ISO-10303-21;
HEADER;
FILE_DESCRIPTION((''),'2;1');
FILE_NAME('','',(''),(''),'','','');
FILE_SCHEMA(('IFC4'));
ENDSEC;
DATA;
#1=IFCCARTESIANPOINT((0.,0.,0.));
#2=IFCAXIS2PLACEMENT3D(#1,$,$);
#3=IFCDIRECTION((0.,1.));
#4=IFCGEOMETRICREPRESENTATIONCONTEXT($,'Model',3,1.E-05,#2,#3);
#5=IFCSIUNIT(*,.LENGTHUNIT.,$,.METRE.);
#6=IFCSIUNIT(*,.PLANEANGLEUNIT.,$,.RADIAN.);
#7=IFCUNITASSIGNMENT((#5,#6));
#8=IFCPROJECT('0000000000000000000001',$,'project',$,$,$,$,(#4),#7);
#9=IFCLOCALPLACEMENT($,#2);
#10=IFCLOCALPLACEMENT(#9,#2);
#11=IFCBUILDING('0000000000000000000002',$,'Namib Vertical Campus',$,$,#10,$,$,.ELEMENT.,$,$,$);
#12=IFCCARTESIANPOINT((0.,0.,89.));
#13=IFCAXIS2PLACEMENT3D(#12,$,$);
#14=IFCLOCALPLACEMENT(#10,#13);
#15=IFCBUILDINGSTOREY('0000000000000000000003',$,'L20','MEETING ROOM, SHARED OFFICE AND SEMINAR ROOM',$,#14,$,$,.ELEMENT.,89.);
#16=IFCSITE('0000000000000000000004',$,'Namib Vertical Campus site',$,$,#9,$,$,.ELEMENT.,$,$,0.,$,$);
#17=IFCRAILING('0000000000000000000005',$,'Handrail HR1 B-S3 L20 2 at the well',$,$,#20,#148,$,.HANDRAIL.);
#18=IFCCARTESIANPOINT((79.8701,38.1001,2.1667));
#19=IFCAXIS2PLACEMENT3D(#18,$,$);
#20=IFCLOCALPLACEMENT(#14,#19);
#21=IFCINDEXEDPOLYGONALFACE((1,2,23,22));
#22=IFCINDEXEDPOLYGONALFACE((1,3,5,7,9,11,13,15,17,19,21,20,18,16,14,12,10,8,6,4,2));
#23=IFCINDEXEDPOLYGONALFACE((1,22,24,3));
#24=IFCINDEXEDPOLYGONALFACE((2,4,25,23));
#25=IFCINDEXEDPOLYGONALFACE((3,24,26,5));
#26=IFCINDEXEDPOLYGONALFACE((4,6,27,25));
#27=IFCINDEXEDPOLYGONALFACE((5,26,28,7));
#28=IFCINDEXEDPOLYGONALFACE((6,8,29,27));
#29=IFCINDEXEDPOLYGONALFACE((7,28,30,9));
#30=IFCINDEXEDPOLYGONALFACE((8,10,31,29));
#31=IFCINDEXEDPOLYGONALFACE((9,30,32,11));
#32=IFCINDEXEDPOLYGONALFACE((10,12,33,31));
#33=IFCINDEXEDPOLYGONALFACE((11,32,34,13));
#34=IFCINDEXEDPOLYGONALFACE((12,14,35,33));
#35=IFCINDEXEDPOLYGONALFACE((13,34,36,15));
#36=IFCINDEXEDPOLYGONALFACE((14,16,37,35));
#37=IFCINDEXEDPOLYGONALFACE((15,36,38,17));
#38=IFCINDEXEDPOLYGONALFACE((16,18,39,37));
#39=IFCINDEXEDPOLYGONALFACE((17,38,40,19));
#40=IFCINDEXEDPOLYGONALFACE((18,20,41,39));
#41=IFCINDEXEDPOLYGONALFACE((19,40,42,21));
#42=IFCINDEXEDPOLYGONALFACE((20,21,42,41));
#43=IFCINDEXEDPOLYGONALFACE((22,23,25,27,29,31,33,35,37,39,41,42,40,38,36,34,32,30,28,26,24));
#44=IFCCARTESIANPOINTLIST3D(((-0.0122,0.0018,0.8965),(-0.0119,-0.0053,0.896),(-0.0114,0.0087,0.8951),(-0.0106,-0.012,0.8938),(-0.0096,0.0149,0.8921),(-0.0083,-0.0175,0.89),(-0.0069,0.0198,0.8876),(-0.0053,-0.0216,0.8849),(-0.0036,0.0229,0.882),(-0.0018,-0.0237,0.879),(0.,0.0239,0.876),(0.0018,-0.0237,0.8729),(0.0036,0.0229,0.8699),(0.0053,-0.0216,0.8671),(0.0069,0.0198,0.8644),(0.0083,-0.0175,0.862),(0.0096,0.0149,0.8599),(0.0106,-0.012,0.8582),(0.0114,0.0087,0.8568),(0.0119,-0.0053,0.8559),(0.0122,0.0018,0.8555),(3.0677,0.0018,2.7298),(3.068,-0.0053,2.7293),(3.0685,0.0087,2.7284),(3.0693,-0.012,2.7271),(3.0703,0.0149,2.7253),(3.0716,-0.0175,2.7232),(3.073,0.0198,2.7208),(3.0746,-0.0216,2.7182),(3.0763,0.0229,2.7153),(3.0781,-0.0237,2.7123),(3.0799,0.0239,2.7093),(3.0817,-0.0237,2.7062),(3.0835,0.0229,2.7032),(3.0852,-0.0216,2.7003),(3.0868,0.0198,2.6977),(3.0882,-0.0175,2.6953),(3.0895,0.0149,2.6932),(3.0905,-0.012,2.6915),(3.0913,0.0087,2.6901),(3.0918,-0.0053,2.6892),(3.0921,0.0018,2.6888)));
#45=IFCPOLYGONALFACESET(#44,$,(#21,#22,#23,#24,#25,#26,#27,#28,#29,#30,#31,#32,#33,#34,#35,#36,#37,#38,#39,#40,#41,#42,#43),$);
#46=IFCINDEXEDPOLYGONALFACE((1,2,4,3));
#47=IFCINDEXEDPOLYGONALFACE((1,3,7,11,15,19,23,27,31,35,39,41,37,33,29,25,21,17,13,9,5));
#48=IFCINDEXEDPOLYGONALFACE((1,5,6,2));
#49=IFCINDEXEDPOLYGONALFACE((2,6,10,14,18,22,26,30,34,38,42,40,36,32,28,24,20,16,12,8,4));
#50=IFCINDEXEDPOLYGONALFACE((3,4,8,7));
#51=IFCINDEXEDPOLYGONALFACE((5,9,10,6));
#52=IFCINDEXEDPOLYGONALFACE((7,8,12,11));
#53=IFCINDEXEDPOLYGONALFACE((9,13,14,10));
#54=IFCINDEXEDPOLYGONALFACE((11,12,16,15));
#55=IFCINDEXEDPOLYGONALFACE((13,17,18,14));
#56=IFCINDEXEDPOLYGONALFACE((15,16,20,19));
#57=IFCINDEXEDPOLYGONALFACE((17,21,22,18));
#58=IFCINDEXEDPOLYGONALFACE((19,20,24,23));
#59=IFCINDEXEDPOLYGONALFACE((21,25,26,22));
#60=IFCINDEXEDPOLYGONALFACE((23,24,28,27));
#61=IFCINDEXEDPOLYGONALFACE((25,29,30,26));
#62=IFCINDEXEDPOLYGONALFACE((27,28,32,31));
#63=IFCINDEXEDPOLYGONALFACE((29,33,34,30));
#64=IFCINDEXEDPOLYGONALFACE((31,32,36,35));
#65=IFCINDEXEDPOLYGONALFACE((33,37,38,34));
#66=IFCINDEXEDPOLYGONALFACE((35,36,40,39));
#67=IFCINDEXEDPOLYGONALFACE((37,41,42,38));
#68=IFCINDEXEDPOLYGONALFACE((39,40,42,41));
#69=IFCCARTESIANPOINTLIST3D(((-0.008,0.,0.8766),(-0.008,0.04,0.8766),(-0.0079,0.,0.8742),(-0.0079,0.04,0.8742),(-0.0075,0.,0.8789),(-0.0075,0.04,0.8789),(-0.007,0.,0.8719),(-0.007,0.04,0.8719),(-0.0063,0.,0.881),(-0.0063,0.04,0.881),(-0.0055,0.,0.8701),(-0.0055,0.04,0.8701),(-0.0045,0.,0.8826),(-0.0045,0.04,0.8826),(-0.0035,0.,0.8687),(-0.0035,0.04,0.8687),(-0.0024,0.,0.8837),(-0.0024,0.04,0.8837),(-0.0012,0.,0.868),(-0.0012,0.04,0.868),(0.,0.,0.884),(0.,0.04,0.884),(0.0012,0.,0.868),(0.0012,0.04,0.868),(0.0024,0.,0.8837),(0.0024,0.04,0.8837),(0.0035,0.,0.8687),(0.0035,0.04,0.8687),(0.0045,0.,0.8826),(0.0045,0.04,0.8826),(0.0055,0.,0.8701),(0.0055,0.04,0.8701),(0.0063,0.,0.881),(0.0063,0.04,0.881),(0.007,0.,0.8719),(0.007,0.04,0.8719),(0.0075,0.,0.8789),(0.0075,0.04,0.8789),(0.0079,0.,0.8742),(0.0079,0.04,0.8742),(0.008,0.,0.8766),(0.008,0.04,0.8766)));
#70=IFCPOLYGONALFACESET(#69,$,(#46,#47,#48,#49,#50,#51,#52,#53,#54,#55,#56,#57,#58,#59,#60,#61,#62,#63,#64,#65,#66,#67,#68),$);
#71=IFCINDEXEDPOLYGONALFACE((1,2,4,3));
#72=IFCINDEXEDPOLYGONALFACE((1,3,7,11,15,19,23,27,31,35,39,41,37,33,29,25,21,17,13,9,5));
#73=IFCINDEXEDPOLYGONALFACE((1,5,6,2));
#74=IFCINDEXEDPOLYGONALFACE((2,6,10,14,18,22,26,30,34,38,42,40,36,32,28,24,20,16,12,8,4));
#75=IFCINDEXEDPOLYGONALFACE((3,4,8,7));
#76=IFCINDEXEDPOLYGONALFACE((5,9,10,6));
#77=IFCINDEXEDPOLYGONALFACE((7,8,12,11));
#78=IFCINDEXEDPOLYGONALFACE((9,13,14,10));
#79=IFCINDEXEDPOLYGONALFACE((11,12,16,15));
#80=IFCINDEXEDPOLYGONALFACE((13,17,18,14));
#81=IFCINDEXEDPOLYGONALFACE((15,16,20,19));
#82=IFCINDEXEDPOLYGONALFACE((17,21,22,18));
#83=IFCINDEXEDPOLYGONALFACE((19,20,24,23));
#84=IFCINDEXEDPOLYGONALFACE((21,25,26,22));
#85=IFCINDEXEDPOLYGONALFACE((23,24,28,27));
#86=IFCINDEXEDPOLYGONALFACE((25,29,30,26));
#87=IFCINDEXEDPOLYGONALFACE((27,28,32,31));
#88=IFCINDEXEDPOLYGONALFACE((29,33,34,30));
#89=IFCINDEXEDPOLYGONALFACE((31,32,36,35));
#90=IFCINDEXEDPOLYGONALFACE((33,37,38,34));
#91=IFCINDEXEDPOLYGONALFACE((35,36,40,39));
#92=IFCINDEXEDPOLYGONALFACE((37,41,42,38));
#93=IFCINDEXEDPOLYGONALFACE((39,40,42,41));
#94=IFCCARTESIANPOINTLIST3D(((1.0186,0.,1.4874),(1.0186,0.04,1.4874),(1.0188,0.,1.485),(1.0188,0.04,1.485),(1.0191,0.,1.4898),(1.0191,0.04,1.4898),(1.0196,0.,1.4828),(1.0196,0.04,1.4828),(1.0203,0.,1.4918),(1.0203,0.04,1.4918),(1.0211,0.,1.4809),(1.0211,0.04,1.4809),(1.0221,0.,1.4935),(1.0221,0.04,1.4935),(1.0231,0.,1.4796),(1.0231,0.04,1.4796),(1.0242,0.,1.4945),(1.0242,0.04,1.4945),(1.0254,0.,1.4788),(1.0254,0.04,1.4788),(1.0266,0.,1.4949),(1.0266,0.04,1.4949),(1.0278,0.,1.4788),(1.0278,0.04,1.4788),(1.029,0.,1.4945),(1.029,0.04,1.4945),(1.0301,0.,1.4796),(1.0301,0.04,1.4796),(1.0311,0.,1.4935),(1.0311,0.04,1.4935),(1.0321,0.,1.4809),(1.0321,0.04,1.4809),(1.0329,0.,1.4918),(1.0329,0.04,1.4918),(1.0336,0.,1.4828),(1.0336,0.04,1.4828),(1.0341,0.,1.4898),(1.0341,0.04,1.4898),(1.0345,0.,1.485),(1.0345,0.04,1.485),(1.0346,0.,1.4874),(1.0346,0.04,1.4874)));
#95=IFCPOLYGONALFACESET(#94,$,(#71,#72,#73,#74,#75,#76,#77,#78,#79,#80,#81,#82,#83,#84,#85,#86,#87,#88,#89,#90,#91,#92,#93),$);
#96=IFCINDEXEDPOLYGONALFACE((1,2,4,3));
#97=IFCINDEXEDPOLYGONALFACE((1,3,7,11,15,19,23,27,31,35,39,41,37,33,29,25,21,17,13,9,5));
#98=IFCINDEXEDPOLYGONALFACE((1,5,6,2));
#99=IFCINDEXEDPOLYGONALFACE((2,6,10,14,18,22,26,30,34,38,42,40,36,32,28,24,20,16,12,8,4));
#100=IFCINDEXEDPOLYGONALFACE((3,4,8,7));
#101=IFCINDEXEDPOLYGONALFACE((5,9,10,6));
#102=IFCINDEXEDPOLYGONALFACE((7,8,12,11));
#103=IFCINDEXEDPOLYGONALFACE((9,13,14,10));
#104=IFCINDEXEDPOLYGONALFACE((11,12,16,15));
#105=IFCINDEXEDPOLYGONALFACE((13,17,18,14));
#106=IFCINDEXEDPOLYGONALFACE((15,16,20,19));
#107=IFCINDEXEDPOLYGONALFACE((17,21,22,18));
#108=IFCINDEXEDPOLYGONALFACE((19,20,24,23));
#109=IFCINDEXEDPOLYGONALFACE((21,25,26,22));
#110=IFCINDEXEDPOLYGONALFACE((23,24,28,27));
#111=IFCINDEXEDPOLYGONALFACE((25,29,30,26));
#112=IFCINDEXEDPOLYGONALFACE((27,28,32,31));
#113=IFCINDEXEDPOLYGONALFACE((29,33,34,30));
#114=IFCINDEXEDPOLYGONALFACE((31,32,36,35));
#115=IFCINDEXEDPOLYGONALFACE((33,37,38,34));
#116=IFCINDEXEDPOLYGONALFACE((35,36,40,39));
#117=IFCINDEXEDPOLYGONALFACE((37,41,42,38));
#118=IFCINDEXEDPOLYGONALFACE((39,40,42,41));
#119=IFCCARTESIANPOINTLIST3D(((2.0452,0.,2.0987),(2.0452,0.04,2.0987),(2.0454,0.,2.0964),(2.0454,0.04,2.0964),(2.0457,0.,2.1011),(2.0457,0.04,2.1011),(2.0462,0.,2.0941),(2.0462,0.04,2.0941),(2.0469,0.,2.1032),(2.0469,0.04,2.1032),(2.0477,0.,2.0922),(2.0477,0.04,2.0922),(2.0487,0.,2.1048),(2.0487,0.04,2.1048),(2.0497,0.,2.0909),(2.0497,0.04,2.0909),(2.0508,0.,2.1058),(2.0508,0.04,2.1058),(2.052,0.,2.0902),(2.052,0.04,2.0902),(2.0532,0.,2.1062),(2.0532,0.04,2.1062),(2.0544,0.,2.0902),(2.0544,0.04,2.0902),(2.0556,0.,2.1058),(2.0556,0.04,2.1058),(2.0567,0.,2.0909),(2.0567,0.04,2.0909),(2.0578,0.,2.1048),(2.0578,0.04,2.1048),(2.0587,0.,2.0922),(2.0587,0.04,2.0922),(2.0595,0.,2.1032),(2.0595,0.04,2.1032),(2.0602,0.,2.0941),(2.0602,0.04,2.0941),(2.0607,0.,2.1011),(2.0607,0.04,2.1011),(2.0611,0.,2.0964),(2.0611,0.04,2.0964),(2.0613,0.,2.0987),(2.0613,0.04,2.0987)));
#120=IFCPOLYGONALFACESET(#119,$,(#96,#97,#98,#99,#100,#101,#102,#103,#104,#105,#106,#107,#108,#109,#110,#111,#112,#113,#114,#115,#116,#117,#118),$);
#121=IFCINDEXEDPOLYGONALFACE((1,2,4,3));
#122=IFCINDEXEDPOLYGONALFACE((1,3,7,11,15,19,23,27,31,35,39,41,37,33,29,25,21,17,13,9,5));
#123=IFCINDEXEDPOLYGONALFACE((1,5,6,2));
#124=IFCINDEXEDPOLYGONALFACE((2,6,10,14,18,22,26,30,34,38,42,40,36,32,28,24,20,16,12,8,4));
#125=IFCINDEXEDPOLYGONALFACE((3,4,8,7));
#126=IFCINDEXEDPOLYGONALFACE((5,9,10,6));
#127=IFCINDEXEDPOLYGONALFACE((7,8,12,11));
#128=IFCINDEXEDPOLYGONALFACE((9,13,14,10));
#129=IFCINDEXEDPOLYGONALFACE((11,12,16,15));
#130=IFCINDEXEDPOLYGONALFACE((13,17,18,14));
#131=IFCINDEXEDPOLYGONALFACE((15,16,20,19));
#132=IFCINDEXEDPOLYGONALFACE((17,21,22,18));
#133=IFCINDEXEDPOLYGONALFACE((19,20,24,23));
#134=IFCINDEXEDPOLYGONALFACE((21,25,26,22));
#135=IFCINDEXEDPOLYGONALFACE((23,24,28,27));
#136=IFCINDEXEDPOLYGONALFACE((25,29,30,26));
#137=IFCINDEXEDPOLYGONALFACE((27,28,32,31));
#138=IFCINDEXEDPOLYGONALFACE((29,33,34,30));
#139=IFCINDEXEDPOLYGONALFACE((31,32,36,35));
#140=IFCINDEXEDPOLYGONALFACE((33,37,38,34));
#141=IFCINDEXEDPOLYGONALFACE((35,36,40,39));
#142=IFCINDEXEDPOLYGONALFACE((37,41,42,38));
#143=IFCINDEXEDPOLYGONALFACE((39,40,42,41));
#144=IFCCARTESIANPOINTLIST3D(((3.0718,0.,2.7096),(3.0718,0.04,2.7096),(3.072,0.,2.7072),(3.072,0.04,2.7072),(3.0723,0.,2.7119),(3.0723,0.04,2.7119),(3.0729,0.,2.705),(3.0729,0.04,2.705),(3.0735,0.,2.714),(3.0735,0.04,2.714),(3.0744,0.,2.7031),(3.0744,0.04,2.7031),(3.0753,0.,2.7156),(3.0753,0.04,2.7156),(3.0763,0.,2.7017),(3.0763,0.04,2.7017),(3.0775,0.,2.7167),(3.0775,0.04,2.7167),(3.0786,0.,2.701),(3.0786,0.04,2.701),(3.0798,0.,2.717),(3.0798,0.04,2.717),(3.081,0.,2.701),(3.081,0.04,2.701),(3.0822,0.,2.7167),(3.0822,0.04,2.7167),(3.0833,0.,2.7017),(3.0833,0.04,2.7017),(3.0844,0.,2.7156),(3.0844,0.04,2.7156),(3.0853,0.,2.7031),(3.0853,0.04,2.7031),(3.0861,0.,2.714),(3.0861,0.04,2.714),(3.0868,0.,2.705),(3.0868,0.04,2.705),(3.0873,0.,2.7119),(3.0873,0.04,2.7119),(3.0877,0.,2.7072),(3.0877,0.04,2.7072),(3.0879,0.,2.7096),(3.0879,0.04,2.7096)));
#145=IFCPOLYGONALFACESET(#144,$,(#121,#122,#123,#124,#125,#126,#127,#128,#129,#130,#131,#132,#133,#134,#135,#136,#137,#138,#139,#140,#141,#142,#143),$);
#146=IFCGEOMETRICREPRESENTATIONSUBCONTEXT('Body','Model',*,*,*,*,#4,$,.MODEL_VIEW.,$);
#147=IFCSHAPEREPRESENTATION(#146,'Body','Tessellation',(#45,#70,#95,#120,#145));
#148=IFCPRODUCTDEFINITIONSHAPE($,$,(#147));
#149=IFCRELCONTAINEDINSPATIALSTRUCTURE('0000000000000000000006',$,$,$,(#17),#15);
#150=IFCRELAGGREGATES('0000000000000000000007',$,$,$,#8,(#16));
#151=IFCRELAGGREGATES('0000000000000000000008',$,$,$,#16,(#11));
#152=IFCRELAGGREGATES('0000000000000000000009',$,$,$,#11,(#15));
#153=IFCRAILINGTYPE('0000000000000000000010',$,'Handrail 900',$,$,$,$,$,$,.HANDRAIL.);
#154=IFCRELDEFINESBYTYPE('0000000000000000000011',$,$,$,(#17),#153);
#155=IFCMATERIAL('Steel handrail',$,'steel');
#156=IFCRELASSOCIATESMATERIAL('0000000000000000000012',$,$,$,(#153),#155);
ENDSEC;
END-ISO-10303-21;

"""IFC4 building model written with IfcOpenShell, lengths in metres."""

from ifc_helpers import new_model, si_unit, direction, frame, origin, origin_2d, place, context, subcontext, project, spatial, circle, extrude, material, type_object, element, save


model = new_model("IFC4")

# Units and contexts
model_context = context("Model", 3, precision=1e-05, world=origin(), true_north=direction((0.0, 1.0)))
body_context = subcontext(model_context, "Body", "Model", "MODEL_VIEW")
ifc_project = project(units=[si_unit("LENGTHUNIT", "METRE"), si_unit("PLANEANGLEUNIT", "RADIAN")], contexts=[model_context])

# Site, building, storey
site_placement = place(None, origin())
site = spatial("IfcSite", under=ifc_project, at=site_placement, Name="Namib Vertical Campus site", CompositionType="ELEMENT", RefElevation=0.0)
building_placement = place(site_placement, origin())
building = spatial("IfcBuilding", under=site, at=building_placement, Name="Namib Vertical Campus", CompositionType="ELEMENT")
storey_placement = place(building_placement, frame((0.0, 0.0, 89.0)))
storey = spatial("IfcBuildingStorey", under=building, at=storey_placement, Name="L20", Description="MEETING ROOM, SHARED OFFICE AND SEMINAR ROOM", CompositionType="ELEMENT", Elevation=89.0)

# Railing
ifc_material_1 = material(Name="Steel handrail", Category="steel")
railing_type_1 = type_object("IfcRailingType", Name="Handrail 900", PredefinedType="HANDRAIL", material=ifc_material_1)
railing_1_placement = place(storey_placement, frame((79.8701, 38.1001, 2.1667)))
element("IfcRailing", 1, at=railing_1_placement, inside=storey, type_object=railing_type_1, Name="Handrail HR1 B-S3 L20 2 at the well", PredefinedType="HANDRAIL", context=body_context, shape_type="SweptSolid", body=[
    extrude(circle(Radius=0.0239, at=origin_2d()), frame((0.0, 0.0, 0.876), z_axis=(0.859291, 0.0, 0.511487), x_axis=(0.0, 1.0, 0.0)), (0.0, 0.0, 1.0), 3.5842),
    extrude(circle(Radius=0.0081, at=origin_2d()), frame((0.0, 0.0, 0.876), z_axis=(0.0, 1.0, 0.0), x_axis=(0.0, 0.0, 1.0)), (0.0, 0.0, 1.0), 0.04),
    extrude(circle(Radius=0.0081, at=origin_2d()), frame((1.0266, 0.0, 1.4868), z_axis=(0.0, 1.0, 0.0), x_axis=(0.0, 0.0, 1.0)), (0.0, 0.0, 1.0), 0.04),
    extrude(circle(Radius=0.0081, at=origin_2d()), frame((2.0532, 0.0, 2.0981), z_axis=(0.0, 1.0, 0.0), x_axis=(0.0, 0.0, 1.0)), (0.0, 0.0, 1.0), 0.04),
    extrude(circle(Radius=0.0081, at=origin_2d()), frame((3.0798, 0.0, 2.709), z_axis=(0.0, 1.0, 0.0), x_axis=(0.0, 0.0, 1.0)), (0.0, 0.0, 1.0), 0.04),
])

save(model, "model.ifc")
